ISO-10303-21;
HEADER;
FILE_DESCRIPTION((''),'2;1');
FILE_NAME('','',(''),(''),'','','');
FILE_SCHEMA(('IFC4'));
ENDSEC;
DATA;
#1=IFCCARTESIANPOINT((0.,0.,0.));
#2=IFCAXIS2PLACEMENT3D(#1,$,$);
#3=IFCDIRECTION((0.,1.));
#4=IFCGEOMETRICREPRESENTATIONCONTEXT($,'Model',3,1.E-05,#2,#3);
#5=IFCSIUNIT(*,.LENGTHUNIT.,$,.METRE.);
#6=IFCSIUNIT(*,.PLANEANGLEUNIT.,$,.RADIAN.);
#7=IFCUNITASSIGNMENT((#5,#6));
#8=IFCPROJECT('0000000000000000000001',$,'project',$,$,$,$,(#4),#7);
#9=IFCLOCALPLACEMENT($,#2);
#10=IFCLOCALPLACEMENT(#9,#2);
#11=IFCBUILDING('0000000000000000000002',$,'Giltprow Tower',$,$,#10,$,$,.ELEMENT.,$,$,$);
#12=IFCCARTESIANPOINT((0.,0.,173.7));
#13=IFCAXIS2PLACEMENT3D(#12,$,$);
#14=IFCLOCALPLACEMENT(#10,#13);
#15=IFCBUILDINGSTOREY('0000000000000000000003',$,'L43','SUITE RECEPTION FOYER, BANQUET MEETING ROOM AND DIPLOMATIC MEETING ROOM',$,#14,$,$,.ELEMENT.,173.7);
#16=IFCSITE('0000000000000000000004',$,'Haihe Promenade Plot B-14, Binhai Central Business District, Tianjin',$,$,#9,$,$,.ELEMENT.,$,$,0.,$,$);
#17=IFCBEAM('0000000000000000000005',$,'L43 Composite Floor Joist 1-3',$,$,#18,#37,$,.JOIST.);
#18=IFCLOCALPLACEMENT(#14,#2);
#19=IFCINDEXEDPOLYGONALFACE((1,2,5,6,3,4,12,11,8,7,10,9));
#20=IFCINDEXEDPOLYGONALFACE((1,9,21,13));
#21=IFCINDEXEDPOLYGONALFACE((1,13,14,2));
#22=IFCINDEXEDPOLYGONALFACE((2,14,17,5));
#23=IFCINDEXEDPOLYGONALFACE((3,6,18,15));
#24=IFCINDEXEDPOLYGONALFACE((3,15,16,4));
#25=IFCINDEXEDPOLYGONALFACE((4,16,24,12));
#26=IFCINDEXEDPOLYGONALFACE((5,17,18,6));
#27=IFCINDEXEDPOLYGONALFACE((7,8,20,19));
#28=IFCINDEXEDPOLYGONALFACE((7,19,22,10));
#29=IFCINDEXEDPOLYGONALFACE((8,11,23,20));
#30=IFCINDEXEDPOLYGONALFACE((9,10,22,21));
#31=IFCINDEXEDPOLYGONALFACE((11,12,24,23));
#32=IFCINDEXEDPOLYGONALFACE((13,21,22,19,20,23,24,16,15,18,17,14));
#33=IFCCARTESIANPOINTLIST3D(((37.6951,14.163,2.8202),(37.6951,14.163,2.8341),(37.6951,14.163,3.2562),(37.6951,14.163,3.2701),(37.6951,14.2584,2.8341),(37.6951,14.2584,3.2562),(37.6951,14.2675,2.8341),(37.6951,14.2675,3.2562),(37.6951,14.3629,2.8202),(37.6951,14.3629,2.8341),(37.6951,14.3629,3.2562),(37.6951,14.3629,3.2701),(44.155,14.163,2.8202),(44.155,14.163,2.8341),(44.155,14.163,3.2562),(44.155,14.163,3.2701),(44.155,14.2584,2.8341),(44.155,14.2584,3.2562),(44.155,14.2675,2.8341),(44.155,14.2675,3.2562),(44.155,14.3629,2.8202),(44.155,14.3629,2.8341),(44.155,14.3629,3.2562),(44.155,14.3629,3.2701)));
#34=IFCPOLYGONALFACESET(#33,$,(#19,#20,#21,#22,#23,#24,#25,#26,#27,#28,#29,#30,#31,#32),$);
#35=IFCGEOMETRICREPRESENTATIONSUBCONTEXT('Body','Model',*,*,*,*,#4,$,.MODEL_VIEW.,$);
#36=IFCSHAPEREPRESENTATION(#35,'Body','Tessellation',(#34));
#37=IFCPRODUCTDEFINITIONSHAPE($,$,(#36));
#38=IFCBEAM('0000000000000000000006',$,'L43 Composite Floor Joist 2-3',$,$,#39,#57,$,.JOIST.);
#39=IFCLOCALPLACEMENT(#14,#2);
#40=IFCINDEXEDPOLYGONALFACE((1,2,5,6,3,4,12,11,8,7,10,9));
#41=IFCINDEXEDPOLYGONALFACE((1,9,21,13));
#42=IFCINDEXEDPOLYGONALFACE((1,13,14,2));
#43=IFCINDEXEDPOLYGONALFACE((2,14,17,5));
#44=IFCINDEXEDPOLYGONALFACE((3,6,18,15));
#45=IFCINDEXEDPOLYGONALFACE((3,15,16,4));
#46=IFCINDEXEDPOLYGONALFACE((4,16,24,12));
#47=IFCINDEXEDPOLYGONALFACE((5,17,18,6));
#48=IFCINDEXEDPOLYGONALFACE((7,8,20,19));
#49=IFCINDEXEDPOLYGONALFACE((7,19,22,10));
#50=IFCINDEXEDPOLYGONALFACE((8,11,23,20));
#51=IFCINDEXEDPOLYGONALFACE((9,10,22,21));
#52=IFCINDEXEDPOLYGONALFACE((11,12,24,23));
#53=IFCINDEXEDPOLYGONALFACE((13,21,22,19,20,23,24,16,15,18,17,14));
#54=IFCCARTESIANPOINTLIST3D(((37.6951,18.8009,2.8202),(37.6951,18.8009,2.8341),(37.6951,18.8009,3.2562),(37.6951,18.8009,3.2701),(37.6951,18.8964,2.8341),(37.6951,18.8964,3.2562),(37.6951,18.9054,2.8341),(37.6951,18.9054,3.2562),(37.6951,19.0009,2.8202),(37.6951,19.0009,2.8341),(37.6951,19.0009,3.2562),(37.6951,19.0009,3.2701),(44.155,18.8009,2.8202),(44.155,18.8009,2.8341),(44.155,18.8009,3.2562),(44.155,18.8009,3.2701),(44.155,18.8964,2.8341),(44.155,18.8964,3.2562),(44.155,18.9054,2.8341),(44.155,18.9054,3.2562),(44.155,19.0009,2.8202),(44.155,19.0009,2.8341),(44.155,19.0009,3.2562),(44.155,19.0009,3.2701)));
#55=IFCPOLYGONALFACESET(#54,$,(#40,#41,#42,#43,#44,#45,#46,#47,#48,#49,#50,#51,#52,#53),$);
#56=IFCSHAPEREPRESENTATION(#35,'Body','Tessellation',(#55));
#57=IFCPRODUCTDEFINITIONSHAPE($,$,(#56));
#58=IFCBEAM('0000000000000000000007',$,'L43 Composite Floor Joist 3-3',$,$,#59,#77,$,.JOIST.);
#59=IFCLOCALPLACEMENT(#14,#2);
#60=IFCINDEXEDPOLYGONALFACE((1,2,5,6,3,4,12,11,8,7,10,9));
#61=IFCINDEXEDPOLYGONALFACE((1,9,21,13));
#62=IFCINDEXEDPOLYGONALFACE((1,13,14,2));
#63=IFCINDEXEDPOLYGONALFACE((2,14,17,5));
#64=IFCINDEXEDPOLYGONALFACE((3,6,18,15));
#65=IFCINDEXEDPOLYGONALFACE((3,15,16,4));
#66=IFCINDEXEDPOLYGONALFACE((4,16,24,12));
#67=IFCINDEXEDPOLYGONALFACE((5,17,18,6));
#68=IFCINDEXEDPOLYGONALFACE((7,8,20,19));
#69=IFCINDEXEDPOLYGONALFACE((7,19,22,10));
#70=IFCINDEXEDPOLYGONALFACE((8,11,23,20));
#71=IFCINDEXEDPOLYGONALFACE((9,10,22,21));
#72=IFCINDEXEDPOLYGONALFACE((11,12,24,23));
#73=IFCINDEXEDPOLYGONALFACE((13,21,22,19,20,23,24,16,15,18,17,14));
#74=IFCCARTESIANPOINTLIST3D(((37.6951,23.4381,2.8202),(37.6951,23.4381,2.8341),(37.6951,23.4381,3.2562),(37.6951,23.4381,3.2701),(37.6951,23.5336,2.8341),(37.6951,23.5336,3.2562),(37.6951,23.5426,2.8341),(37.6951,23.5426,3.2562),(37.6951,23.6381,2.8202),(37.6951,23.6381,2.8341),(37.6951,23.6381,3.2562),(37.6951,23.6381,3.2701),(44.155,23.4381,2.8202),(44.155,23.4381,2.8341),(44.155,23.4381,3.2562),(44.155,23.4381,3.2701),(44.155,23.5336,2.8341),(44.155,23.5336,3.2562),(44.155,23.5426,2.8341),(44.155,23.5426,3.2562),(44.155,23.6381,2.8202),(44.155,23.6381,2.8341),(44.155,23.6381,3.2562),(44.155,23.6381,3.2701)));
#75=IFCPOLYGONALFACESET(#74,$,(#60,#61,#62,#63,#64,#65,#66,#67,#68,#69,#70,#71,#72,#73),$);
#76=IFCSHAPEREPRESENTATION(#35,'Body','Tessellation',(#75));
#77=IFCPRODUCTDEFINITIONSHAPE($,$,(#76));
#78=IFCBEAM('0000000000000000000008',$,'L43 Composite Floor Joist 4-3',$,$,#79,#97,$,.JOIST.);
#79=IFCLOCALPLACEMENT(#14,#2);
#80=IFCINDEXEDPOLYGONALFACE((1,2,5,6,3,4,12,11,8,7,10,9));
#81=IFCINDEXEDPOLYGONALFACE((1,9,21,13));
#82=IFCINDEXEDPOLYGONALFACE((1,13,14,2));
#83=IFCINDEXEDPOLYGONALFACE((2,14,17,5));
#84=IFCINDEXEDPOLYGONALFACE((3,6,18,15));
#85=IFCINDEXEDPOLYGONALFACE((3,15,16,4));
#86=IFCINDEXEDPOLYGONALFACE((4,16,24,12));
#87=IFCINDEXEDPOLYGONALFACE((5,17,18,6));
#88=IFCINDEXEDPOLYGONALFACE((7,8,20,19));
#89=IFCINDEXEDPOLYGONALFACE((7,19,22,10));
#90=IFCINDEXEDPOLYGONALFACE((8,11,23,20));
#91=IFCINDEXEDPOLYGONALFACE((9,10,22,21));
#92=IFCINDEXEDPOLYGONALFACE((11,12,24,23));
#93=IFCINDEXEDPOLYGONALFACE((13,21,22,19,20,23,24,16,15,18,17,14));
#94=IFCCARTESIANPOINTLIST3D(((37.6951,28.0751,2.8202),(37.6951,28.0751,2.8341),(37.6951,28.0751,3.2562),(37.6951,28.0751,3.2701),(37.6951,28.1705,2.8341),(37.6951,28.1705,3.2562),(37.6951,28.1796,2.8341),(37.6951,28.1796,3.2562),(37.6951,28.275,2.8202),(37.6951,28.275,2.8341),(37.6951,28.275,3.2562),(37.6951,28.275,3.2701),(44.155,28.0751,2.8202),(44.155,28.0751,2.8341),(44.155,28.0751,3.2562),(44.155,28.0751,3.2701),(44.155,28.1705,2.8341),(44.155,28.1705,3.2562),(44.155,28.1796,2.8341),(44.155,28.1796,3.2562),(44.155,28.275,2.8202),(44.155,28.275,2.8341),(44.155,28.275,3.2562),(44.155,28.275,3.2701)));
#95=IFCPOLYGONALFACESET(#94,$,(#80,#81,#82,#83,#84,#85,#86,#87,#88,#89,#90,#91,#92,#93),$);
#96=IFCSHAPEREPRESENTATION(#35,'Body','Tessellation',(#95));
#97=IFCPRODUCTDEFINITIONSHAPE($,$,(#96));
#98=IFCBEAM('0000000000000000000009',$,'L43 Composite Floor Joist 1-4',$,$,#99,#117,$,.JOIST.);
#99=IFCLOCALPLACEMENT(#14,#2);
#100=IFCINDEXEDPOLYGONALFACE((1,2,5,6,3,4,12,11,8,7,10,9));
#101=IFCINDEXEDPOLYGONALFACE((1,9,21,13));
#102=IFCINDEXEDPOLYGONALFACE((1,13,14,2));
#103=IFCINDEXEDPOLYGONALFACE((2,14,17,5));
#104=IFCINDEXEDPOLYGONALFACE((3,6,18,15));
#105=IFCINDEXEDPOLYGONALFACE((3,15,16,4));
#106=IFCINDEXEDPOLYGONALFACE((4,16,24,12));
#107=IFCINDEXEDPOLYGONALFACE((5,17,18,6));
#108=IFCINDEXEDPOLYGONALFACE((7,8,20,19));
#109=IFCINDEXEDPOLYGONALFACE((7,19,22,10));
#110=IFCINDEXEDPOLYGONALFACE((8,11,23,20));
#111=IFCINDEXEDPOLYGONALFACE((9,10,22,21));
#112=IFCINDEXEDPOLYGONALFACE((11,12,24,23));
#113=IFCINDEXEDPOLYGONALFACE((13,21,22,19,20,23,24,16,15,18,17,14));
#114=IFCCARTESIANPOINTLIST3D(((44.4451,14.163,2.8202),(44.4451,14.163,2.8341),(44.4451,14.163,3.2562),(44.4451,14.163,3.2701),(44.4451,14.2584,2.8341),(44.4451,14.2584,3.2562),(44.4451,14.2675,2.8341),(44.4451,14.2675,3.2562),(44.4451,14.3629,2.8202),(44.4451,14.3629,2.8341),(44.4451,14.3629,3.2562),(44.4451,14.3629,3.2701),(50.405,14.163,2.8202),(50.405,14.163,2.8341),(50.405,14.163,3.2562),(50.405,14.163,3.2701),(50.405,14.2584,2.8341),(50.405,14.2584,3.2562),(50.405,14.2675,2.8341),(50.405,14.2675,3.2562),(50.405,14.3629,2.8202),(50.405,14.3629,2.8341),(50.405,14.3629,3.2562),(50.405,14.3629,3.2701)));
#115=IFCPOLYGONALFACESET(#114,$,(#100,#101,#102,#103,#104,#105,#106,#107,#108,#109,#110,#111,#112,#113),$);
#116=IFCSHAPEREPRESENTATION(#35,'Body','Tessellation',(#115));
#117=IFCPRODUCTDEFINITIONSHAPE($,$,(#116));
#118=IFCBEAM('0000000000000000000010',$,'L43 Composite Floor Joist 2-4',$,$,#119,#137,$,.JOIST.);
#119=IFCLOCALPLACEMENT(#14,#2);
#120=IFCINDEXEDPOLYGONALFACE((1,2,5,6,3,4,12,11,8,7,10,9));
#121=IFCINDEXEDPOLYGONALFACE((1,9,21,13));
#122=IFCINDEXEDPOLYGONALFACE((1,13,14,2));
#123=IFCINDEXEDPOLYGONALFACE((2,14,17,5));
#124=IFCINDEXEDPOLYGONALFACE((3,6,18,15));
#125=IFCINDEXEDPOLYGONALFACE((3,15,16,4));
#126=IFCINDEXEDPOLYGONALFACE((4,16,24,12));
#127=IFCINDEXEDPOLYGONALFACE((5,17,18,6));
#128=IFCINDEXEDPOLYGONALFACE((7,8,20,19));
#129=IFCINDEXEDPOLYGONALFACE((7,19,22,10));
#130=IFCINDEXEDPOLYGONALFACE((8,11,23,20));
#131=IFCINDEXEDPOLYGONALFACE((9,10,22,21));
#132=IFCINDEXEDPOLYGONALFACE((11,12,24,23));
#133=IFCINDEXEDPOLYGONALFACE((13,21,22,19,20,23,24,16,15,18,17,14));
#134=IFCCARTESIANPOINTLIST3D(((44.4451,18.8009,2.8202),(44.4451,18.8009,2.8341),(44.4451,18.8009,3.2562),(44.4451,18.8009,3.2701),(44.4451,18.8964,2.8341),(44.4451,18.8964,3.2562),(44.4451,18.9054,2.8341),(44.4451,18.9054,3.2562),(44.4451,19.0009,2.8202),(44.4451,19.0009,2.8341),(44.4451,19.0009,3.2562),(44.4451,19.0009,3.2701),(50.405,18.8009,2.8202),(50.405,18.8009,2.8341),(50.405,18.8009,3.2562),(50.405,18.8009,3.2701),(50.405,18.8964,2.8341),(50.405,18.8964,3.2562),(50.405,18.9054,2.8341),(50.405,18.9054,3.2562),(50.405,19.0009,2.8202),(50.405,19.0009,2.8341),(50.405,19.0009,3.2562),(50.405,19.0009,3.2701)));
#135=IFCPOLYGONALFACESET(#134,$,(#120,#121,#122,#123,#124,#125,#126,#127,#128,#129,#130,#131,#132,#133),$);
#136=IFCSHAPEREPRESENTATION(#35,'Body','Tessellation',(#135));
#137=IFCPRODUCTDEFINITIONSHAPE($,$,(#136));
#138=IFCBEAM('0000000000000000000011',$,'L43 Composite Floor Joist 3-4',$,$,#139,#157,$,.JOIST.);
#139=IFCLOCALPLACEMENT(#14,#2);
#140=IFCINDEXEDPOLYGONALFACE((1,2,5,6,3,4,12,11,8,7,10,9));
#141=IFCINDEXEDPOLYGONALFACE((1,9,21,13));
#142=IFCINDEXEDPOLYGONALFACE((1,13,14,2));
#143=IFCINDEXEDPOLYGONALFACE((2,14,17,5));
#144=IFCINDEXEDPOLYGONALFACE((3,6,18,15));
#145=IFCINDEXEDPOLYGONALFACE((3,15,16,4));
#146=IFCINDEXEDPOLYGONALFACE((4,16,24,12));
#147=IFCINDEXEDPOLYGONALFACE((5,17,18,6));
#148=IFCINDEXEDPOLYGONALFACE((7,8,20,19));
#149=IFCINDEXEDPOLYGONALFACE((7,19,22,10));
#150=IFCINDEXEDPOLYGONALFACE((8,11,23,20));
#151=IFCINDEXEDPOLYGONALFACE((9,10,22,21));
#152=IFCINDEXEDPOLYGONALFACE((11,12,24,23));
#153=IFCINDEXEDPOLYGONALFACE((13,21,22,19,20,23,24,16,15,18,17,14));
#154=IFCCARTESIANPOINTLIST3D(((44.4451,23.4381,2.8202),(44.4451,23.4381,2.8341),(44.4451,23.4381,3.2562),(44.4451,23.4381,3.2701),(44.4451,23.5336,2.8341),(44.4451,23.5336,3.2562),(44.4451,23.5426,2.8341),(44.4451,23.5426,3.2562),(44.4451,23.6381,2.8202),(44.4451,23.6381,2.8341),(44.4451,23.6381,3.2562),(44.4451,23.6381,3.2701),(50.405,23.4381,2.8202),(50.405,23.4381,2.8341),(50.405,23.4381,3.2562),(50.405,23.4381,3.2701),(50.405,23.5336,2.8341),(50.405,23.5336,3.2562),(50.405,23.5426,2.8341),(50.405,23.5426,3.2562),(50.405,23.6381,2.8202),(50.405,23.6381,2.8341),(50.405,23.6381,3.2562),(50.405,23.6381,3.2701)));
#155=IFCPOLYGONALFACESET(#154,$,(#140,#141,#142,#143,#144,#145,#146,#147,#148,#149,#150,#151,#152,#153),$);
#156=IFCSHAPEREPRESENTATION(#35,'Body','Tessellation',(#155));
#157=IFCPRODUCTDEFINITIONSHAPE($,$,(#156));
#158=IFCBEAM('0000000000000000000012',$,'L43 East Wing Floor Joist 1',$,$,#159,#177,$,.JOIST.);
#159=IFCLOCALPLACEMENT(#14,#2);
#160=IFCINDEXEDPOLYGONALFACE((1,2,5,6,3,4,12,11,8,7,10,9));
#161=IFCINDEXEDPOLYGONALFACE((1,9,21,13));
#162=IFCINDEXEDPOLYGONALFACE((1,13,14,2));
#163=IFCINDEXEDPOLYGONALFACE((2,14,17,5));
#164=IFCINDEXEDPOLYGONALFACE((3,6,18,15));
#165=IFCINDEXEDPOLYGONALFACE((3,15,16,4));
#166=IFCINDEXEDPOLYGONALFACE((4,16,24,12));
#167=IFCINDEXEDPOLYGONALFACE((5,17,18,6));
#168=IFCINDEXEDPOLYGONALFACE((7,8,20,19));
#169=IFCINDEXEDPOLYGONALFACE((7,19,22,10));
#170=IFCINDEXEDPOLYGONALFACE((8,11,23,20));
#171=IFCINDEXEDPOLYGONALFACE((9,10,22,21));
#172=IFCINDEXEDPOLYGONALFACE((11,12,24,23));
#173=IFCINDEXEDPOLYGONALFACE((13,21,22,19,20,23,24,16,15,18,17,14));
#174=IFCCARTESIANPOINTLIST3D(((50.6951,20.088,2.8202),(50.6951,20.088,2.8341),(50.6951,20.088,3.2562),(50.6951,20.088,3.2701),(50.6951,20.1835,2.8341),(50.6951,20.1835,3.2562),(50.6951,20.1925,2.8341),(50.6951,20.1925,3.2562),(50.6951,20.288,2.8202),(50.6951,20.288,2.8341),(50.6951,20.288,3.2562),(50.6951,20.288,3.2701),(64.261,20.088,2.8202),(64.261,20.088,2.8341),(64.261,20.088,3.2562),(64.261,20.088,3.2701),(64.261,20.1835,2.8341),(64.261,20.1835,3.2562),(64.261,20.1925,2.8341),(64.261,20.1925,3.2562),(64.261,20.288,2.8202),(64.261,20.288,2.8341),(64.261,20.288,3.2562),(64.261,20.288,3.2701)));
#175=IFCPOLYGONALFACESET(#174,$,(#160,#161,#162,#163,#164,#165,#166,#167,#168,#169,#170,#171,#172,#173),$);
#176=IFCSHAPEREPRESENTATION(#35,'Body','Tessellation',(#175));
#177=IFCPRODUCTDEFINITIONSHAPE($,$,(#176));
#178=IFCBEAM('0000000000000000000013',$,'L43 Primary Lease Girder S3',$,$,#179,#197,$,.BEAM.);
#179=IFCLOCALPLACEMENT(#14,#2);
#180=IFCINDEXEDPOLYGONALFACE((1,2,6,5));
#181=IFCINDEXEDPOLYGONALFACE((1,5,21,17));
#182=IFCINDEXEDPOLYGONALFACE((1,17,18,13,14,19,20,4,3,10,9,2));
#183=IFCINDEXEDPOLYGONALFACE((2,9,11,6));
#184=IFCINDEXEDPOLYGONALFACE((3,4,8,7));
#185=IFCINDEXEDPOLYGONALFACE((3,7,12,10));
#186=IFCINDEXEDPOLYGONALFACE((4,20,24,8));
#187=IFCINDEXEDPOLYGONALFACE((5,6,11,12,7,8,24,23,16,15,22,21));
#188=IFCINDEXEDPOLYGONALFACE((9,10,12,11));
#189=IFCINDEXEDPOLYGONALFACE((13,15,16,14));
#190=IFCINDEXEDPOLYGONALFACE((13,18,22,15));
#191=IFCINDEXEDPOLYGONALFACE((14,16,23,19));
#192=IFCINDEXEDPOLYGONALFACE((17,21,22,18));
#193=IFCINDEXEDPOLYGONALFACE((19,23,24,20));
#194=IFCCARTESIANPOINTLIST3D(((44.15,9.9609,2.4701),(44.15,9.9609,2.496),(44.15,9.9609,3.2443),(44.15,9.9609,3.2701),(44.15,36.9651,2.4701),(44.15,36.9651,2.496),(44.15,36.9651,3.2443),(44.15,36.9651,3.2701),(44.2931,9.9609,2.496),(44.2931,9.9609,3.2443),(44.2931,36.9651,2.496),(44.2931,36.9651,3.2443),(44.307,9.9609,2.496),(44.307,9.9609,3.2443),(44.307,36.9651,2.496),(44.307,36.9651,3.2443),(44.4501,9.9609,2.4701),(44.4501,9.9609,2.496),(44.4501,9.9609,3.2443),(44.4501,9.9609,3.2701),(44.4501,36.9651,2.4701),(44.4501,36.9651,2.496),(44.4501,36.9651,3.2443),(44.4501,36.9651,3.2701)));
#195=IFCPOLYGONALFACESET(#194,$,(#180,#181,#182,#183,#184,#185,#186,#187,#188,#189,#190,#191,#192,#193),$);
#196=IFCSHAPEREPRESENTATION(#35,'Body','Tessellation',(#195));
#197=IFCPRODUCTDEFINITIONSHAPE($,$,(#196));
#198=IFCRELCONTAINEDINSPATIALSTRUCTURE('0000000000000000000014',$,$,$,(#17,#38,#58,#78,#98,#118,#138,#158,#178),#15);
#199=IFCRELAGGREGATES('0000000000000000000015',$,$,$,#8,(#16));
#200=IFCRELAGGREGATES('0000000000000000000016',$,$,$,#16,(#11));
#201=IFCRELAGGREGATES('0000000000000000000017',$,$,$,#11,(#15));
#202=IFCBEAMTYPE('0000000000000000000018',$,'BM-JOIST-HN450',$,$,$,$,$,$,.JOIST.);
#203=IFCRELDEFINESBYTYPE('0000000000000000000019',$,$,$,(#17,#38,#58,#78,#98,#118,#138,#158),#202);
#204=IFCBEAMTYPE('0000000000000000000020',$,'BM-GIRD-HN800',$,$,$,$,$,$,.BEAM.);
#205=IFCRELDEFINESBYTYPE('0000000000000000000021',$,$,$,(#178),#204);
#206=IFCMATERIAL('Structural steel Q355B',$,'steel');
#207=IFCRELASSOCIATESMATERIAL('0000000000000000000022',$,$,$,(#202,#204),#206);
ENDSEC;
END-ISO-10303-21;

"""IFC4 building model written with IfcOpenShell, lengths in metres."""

from ifc_helpers import new_model, si_unit, direction, frame, origin, origin_2d, place, context, subcontext, project, spatial, i_section, extrude, source, transform, mapped, material, material_profile, profile_set, type_object, element, save


model = new_model("IFC4")

# Units and contexts
model_context = context("Model", 3, precision=1e-05, world=origin(), true_north=direction((0.0, 1.0)))
body_context = subcontext(model_context, "Body", "Model", "MODEL_VIEW")
ifc_project = project(units=[si_unit("LENGTHUNIT", "METRE"), si_unit("PLANEANGLEUNIT", "RADIAN")], contexts=[model_context])

# Site, building, storey
site_placement = place(None, origin())
site = spatial("IfcSite", under=ifc_project, at=site_placement, Name="Haihe Promenade Plot B-14, Binhai Central Business District, Tianjin", CompositionType="ELEMENT", RefElevation=0.0)
building_placement = place(site_placement, origin())
building = spatial("IfcBuilding", under=site, at=building_placement, Name="Giltprow Tower", CompositionType="ELEMENT")
storey_placement = place(building_placement, frame((0.0, 0.0, 173.7)))
storey = spatial("IfcBuildingStorey", under=building, at=storey_placement, Name="L43", Description="SUITE RECEPTION FOYER, BANQUET MEETING ROOM AND DIPLOMATIC MEETING ROOM", CompositionType="ELEMENT", Elevation=173.7)

# Beams
ifc_material_1 = material(Name="Structural steel Q355B", Category="steel")
ifc_material_profile_1 = material_profile(ifc_material_1, i_section(OverallWidth=0.2, OverallDepth=0.45, WebThickness=0.009, FlangeThickness=0.0139, at=origin_2d()), Name="HN 450x200x9x14")
ifc_profile_set_1 = profile_set([ifc_material_profile_1], Name="Structural steel Q355B")
beam_type_1 = type_object("IfcBeamType", Name="BM-JOIST-HN450", PredefinedType="JOIST", material=ifc_profile_set_1)
shared_shape_1 = source(origin(), body_context, "Body", "SweptSolid", [
    extrude(i_section(OverallWidth=0.2, OverallDepth=0.45, WebThickness=0.009, FlangeThickness=0.0139, at=origin_2d()), origin(), (0.0, 0.0, 1.0), 6.46),
])
for number, where, z_axis, x_axis, name in (
    (1, (37.6951, 14.2629, 3.0452), (1.0, 0.0, 0.0), (0.0, 1.0, 0.0), "L43 Composite Floor Joist 1-3"),
    (2, (37.6951, 18.9009, 3.0452), (1.0, 0.0, 0.0), (0.0, 1.0, 0.0), "L43 Composite Floor Joist 2-3"),
    (3, (37.6951, 23.5381, 3.0452), (1.0, 0.0, 0.0), (0.0, 1.0, 0.0), "L43 Composite Floor Joist 3-3"),
    (4, (37.6951, 28.175, 3.0452), (1.0, 0.0, 0.0), (0.0, 1.0, 0.0), "L43 Composite Floor Joist 4-3"),
):
    element("IfcBeam", number, at=place(storey_placement, frame(where, z_axis=z_axis, x_axis=x_axis)), inside=storey, type_object=beam_type_1, Name=name, PredefinedType="JOIST", context=body_context, shape_type="MappedRepresentation", body=[
        mapped(shared_shape_1, transform((0.0, 0.0, 0.0), x_axis=(1.0, 0.0, 0.0), y_axis=(0.0, 1.0, 0.0), z_axis=(0.0, 0.0, 1.0), scale=1.0)),
    ])
shared_shape_2 = source(origin(), body_context, "Body", "SweptSolid", [
    extrude(i_section(OverallWidth=0.2, OverallDepth=0.45, WebThickness=0.009, FlangeThickness=0.0139, at=origin_2d()), origin(), (0.0, 0.0, 1.0), 5.96),
])
for number, where, z_axis, x_axis, name in (
    (5, (44.4451, 14.2629, 3.0452), (1.0, 0.0, 0.0), (0.0, 1.0, 0.0), "L43 Composite Floor Joist 1-4"),
    (6, (44.4451, 18.9009, 3.0452), (1.0, 0.0, 0.0), (0.0, 1.0, 0.0), "L43 Composite Floor Joist 2-4"),
    (7, (44.4451, 23.5381, 3.0452), (1.0, 0.0, 0.0), (0.0, 1.0, 0.0), "L43 Composite Floor Joist 3-4"),
):
    element("IfcBeam", number, at=place(storey_placement, frame(where, z_axis=z_axis, x_axis=x_axis)), inside=storey, type_object=beam_type_1, Name=name, PredefinedType="JOIST", context=body_context, shape_type="MappedRepresentation", body=[
        mapped(shared_shape_2, transform((0.0, 0.0, 0.0), x_axis=(1.0, 0.0, 0.0), y_axis=(0.0, 1.0, 0.0), z_axis=(0.0, 0.0, 1.0), scale=1.0)),
    ])
shared_shape_3 = source(origin(), body_context, "Body", "SweptSolid", [
    extrude(i_section(OverallWidth=0.2, OverallDepth=0.45, WebThickness=0.009, FlangeThickness=0.0139, at=origin_2d()), origin(), (0.0, 0.0, 1.0), 13.5659),
])
beam_placement = place(storey_placement, frame((50.6951, 20.188, 3.0452), z_axis=(1.0, 0.0, 0.0), x_axis=(0.0, 1.0, 0.0)))
element("IfcBeam", 8, at=beam_placement, inside=storey, type_object=beam_type_1, Name="L43 East Wing Floor Joist 1", PredefinedType="JOIST", context=body_context, shape_type="MappedRepresentation", body=[
    mapped(shared_shape_3, transform((0.0, 0.0, 0.0), x_axis=(1.0, 0.0, 0.0), y_axis=(0.0, 1.0, 0.0), z_axis=(0.0, 0.0, 1.0), scale=1.0)),
])
ifc_material_profile_2 = material_profile(ifc_material_1, i_section(OverallWidth=0.3, OverallDepth=0.8, WebThickness=0.0139, FlangeThickness=0.0259, at=origin_2d()), Name="HN 800x300x14x26")
ifc_profile_set_2 = profile_set([ifc_material_profile_2], Name="Structural steel Q355B")
beam_type_2 = type_object("IfcBeamType", Name="BM-GIRD-HN800", PredefinedType="BEAM", material=ifc_profile_set_2)
shared_shape_4 = source(origin(), body_context, "Body", "SweptSolid", [
    extrude(i_section(OverallWidth=0.3, OverallDepth=0.8, WebThickness=0.0139, FlangeThickness=0.0259, at=origin_2d()), origin(), (0.0, 0.0, 1.0), 27.0042),
])
for number, where, z_axis, x_axis, name in (
    (9, (44.3, 9.9609, 2.8701), (0.0, 1.0, 0.0), (-1.0, 0.0, 0.0), "L43 Primary Lease Girder S3"),
):
    element("IfcBeam", number, at=place(storey_placement, frame(where, z_axis=z_axis, x_axis=x_axis)), inside=storey, type_object=beam_type_2, Name=name, PredefinedType="BEAM", context=body_context, shape_type="MappedRepresentation", body=[
        mapped(shared_shape_4, transform((0.0, 0.0, 0.0), x_axis=(1.0, 0.0, 0.0), y_axis=(0.0, 1.0, 0.0), z_axis=(0.0, 0.0, 1.0), scale=1.0)),
    ])

save(model, "model.ifc")
